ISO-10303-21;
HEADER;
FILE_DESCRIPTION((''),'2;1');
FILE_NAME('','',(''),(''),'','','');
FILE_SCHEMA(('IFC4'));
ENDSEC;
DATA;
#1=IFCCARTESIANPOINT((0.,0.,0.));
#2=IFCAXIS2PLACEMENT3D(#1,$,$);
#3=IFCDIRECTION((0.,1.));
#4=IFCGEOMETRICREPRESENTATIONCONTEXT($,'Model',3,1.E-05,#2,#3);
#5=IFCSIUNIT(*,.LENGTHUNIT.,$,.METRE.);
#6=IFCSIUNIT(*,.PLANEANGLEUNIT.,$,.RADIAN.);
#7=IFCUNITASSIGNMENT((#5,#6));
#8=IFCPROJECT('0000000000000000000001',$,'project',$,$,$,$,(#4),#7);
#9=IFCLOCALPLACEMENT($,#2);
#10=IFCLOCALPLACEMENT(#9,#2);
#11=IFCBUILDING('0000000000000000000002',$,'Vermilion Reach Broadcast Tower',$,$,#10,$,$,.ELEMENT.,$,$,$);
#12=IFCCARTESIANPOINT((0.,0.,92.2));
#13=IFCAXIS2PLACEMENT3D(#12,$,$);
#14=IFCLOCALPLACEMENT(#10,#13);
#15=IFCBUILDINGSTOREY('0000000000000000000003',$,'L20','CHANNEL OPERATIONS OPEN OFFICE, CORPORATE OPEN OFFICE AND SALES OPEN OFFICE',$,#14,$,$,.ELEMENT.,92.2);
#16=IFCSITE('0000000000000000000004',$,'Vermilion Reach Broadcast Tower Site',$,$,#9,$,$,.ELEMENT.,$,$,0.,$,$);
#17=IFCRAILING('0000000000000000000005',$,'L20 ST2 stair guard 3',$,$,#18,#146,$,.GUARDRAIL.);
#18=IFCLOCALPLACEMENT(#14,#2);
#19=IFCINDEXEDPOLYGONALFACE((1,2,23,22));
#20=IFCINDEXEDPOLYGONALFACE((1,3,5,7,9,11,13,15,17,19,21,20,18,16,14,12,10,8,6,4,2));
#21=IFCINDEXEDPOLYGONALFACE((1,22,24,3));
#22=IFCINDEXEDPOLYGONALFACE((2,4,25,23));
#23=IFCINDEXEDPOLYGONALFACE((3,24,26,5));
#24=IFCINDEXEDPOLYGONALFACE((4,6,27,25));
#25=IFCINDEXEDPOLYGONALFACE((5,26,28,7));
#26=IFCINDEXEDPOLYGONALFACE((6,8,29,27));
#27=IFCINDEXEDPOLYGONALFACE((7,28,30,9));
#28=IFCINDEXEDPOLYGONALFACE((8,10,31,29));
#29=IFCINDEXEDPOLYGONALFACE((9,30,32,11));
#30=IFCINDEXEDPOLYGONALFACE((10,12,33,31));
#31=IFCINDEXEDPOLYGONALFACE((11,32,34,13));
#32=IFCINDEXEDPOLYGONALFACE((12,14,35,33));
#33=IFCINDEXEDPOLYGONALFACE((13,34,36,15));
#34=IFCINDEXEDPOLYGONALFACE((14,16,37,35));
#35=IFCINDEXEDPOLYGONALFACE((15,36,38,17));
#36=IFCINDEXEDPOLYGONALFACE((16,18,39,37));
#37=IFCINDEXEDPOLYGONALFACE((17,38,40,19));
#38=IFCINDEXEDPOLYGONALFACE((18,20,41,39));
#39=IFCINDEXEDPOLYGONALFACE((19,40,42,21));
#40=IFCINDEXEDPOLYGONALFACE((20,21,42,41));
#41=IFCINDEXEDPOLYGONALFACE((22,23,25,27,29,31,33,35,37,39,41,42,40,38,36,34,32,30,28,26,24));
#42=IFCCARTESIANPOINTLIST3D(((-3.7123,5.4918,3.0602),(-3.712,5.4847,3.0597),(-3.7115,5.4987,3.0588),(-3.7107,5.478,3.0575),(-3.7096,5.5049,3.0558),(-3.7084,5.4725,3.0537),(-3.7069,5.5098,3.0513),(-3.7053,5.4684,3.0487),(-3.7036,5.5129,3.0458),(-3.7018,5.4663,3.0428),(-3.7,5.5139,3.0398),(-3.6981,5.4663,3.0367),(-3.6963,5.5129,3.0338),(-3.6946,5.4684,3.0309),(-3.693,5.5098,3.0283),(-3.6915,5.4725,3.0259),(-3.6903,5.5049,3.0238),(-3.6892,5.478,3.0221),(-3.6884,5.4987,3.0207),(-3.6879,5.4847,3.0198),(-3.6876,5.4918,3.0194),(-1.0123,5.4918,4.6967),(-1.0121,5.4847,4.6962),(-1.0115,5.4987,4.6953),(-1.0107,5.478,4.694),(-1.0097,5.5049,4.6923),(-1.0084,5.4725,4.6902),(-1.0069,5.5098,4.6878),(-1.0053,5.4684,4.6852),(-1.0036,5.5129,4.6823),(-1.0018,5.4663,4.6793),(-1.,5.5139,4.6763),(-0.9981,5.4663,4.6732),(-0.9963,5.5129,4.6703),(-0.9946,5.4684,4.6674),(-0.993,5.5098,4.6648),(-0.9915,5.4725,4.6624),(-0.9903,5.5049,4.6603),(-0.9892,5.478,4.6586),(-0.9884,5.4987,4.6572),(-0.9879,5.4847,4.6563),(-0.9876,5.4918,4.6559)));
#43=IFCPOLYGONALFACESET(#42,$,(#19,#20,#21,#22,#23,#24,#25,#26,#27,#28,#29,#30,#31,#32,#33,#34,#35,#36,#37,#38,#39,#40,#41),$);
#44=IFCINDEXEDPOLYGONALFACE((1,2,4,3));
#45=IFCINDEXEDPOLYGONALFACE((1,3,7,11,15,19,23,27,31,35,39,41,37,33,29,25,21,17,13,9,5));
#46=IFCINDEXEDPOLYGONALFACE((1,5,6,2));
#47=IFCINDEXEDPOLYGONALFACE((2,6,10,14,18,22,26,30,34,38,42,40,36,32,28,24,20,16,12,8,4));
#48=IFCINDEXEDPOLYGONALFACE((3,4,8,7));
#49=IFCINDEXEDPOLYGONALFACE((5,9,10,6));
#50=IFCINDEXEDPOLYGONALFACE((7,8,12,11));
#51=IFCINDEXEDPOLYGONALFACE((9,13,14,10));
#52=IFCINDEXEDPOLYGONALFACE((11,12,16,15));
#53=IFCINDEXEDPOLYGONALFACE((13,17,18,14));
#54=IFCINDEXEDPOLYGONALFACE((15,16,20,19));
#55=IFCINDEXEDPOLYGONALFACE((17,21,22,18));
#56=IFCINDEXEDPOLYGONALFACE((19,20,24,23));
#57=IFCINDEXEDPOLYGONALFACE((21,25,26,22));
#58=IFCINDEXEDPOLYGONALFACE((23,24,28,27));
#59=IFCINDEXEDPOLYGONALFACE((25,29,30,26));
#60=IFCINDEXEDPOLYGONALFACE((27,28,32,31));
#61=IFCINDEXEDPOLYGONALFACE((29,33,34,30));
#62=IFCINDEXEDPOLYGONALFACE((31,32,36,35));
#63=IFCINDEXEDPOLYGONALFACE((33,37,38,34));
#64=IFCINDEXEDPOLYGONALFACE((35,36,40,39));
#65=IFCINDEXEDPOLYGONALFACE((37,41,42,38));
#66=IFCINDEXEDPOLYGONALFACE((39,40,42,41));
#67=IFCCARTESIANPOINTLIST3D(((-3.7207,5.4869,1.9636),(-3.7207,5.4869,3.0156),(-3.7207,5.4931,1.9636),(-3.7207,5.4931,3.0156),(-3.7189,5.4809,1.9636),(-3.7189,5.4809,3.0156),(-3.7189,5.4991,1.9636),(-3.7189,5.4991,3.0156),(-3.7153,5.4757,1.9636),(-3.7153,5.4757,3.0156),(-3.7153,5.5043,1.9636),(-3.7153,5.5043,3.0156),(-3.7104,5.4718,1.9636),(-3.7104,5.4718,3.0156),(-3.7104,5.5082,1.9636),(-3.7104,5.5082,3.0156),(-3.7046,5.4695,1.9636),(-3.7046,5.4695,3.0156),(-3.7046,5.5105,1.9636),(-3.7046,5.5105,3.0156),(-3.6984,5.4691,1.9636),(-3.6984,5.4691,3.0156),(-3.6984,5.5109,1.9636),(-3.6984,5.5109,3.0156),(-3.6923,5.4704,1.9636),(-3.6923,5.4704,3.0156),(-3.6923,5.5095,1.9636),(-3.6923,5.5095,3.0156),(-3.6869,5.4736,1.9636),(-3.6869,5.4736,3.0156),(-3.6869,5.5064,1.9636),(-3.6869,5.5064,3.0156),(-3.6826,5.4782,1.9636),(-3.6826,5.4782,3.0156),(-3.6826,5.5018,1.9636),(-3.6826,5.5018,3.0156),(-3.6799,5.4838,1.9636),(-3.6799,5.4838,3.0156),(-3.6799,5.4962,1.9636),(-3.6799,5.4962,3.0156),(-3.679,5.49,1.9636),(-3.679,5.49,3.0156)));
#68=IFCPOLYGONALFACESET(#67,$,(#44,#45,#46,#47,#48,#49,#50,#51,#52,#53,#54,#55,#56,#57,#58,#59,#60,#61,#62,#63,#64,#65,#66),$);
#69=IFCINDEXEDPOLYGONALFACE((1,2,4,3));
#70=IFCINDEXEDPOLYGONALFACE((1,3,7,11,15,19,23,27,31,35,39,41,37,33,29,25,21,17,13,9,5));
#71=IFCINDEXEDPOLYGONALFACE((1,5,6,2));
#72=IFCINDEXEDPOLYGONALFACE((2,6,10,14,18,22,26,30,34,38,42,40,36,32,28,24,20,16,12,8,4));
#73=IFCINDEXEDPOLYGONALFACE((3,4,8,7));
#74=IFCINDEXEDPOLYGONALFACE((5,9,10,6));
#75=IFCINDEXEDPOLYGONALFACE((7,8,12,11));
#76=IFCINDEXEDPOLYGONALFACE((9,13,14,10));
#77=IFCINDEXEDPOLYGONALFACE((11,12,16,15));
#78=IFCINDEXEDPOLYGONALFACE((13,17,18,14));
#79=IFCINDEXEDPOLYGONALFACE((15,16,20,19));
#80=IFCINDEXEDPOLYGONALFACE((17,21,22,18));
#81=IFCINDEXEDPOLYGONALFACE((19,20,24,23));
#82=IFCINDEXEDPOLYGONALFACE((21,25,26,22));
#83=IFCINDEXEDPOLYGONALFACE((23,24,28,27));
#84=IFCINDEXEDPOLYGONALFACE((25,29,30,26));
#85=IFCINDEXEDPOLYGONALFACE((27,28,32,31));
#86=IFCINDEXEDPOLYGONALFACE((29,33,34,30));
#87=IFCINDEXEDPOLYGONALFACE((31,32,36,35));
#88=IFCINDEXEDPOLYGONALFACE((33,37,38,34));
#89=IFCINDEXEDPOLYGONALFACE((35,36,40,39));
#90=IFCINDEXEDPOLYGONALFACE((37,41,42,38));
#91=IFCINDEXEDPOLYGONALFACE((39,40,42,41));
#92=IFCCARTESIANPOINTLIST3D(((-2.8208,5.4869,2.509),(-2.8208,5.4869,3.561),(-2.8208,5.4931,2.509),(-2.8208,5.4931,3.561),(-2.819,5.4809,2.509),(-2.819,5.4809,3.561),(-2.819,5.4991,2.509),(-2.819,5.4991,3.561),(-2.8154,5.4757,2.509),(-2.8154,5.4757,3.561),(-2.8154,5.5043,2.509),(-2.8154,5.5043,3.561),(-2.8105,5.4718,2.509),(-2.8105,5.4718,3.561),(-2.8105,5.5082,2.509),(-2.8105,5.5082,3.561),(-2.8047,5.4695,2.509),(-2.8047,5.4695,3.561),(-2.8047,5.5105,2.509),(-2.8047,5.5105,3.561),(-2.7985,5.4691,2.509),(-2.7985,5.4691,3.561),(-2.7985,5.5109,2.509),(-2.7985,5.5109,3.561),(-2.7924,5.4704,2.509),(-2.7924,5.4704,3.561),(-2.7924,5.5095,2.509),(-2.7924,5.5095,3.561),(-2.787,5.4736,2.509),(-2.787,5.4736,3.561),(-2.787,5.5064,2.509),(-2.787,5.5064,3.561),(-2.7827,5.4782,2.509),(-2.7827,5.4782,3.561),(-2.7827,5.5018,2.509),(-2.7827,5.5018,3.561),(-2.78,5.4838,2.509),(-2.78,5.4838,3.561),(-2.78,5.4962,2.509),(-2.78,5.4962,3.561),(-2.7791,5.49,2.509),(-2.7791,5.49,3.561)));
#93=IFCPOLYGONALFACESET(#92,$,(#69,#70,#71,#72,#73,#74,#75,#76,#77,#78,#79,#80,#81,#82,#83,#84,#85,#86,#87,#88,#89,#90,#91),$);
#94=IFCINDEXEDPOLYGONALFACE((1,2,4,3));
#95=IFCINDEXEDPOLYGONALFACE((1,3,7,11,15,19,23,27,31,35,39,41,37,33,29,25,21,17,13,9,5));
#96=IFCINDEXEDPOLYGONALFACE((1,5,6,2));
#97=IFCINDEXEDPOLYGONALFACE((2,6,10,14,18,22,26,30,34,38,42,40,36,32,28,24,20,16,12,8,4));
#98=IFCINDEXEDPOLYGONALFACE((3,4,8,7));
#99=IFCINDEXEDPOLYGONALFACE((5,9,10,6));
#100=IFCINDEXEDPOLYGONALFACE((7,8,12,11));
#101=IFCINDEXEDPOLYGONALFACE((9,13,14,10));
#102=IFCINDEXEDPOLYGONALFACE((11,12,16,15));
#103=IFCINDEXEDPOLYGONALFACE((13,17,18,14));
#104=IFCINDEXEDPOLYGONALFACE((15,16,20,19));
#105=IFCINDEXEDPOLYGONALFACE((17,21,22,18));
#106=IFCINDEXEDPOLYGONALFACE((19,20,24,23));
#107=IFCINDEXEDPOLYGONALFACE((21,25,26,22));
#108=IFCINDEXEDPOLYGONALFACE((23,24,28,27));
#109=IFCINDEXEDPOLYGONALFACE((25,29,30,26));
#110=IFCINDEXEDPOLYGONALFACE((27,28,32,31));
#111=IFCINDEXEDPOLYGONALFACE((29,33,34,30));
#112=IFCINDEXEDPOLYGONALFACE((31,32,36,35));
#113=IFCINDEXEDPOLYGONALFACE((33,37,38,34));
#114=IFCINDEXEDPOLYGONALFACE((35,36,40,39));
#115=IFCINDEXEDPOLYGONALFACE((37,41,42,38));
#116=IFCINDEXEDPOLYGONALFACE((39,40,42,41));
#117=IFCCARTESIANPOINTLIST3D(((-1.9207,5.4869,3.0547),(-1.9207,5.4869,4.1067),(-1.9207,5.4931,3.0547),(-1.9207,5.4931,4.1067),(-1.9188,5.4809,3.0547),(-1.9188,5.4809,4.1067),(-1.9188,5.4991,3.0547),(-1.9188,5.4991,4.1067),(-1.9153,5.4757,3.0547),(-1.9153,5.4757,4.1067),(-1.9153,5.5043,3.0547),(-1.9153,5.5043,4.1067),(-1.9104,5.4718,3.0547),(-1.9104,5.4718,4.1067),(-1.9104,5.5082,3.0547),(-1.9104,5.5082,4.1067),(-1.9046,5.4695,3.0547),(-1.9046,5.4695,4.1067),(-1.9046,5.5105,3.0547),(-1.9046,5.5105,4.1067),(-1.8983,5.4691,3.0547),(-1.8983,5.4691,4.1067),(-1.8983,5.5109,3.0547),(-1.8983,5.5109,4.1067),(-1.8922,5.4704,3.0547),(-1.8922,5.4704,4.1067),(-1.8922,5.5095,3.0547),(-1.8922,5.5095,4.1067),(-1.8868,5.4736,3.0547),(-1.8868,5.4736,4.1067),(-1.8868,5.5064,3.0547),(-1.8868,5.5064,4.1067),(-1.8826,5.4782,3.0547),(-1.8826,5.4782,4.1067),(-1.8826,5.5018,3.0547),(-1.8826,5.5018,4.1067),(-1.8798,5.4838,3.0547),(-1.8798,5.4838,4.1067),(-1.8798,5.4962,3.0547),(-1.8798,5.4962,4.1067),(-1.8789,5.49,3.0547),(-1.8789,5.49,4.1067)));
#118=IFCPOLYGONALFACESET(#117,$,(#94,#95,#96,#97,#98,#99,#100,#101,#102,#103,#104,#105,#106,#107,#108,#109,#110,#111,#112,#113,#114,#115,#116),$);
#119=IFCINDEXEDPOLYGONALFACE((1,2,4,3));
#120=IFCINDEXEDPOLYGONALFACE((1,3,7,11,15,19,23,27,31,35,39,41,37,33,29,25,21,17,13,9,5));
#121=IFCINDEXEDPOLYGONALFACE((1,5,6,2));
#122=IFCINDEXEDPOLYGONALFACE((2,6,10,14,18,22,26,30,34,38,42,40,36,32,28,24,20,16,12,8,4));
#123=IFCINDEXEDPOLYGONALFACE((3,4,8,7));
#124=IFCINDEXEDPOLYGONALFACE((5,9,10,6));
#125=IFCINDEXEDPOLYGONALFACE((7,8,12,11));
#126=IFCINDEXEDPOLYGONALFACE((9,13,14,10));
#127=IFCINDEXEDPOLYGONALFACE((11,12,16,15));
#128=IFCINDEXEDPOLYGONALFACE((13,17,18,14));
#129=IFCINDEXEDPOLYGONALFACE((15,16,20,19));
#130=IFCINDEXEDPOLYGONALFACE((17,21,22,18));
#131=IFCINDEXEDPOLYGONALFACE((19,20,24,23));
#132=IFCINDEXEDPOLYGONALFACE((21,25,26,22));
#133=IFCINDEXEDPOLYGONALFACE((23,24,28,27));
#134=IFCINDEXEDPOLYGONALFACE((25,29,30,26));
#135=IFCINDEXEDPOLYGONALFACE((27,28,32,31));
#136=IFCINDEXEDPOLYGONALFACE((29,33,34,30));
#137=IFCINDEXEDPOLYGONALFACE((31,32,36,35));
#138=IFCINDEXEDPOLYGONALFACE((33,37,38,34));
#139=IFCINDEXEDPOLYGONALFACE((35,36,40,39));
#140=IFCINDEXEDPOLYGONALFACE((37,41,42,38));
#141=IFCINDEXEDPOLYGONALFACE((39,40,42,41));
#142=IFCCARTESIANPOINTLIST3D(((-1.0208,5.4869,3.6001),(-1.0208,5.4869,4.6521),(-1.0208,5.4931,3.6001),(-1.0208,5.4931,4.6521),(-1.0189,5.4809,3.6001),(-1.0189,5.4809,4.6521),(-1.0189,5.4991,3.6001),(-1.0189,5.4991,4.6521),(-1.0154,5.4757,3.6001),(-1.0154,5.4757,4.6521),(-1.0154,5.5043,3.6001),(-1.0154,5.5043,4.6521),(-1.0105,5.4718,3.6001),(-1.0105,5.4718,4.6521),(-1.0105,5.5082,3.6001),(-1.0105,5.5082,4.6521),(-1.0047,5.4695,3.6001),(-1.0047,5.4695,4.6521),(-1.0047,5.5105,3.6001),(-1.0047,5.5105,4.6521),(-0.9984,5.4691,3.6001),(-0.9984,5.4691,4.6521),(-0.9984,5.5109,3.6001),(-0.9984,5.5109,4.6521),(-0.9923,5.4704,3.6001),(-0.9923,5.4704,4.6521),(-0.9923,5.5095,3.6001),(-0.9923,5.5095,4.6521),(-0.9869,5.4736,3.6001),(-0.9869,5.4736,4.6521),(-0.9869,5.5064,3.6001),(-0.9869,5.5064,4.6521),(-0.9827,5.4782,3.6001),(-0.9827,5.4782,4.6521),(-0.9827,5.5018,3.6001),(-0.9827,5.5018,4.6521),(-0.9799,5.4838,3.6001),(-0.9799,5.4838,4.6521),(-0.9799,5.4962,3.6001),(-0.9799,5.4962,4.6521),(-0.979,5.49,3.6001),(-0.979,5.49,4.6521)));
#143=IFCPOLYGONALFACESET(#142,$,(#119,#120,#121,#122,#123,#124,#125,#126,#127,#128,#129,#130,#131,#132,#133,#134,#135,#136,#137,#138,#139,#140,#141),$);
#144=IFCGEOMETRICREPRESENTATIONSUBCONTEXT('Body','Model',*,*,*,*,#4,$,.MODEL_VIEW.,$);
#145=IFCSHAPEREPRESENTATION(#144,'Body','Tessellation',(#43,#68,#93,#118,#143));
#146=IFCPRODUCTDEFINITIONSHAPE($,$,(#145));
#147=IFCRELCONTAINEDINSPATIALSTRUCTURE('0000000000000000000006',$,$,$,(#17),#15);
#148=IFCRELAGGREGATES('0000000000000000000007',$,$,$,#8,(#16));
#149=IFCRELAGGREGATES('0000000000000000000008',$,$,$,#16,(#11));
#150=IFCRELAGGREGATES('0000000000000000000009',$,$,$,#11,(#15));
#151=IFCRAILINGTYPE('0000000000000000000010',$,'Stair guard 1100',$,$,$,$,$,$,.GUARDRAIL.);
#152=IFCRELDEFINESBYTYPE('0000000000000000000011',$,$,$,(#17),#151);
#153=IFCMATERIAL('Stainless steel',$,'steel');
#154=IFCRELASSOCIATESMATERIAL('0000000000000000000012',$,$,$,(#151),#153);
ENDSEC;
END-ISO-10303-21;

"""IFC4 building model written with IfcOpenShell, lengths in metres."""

from ifc_helpers import new_model, si_unit, direction, frame, origin, origin_2d, place, context, subcontext, project, spatial, circle, extrude, material, type_object, element, save


model = new_model("IFC4")

# Units and contexts
model_context = context("Model", 3, precision=1e-05, world=origin(), true_north=direction((0.0, 1.0)))
body_context = subcontext(model_context, "Body", "Model", "MODEL_VIEW")
ifc_project = project(units=[si_unit("LENGTHUNIT", "METRE"), si_unit("PLANEANGLEUNIT", "RADIAN")], contexts=[model_context])

# Site, building, storey
site_placement = place(None, origin())
site = spatial("IfcSite", under=ifc_project, at=site_placement, Name="Vermilion Reach Broadcast Tower Site", CompositionType="ELEMENT", RefElevation=0.0)
building_placement = place(site_placement, origin())
building = spatial("IfcBuilding", under=site, at=building_placement, Name="Vermilion Reach Broadcast Tower", CompositionType="ELEMENT")
storey_placement = place(building_placement, frame((0.0, 0.0, 92.2)))
storey = spatial("IfcBuildingStorey", under=building, at=storey_placement, Name="L20", Description="CHANNEL OPERATIONS OPEN OFFICE, CORPORATE OPEN OFFICE AND SALES OPEN OFFICE", CompositionType="ELEMENT", Elevation=92.2)

# Railing
ifc_material_1 = material(Name="Stainless steel", Category="steel")
railing_type_1 = type_object("IfcRailingType", Name="Stair guard 1100", PredefinedType="GUARDRAIL", material=ifc_material_1)
railing_1_placement = place(storey_placement, frame((-3.7, 5.49, 1.9636)))
element("IfcRailing", 1, at=railing_1_placement, inside=storey, type_object=railing_type_1, Name="L20 ST2 stair guard 3", PredefinedType="GUARDRAIL", context=body_context, shape_type="SweptSolid", body=[
    extrude(circle(Radius=0.0239, at=origin_2d()), frame((0.0, 0.0, 1.0762), z_axis=(0.855178, 0.0, 0.518334), x_axis=(0.0, 1.0, 0.0)), (0.0, 0.0, 1.0), 3.1572),
    extrude(circle(Radius=0.021, at=origin_2d()), origin(), (0.0, 0.0, 1.0), 1.052),
    extrude(circle(Radius=0.021, at=origin_2d()), frame((0.8999, 0.0, 0.5454)), (0.0, 0.0, 1.0), 1.052),
    extrude(circle(Radius=0.021, at=origin_2d()), frame((1.8, 0.0, 1.0911)), (0.0, 0.0, 1.0), 1.052),
    extrude(circle(Radius=0.021, at=origin_2d()), frame((2.7, 0.0, 1.6365)), (0.0, 0.0, 1.0), 1.052),
])

save(model, "model.ifc")
